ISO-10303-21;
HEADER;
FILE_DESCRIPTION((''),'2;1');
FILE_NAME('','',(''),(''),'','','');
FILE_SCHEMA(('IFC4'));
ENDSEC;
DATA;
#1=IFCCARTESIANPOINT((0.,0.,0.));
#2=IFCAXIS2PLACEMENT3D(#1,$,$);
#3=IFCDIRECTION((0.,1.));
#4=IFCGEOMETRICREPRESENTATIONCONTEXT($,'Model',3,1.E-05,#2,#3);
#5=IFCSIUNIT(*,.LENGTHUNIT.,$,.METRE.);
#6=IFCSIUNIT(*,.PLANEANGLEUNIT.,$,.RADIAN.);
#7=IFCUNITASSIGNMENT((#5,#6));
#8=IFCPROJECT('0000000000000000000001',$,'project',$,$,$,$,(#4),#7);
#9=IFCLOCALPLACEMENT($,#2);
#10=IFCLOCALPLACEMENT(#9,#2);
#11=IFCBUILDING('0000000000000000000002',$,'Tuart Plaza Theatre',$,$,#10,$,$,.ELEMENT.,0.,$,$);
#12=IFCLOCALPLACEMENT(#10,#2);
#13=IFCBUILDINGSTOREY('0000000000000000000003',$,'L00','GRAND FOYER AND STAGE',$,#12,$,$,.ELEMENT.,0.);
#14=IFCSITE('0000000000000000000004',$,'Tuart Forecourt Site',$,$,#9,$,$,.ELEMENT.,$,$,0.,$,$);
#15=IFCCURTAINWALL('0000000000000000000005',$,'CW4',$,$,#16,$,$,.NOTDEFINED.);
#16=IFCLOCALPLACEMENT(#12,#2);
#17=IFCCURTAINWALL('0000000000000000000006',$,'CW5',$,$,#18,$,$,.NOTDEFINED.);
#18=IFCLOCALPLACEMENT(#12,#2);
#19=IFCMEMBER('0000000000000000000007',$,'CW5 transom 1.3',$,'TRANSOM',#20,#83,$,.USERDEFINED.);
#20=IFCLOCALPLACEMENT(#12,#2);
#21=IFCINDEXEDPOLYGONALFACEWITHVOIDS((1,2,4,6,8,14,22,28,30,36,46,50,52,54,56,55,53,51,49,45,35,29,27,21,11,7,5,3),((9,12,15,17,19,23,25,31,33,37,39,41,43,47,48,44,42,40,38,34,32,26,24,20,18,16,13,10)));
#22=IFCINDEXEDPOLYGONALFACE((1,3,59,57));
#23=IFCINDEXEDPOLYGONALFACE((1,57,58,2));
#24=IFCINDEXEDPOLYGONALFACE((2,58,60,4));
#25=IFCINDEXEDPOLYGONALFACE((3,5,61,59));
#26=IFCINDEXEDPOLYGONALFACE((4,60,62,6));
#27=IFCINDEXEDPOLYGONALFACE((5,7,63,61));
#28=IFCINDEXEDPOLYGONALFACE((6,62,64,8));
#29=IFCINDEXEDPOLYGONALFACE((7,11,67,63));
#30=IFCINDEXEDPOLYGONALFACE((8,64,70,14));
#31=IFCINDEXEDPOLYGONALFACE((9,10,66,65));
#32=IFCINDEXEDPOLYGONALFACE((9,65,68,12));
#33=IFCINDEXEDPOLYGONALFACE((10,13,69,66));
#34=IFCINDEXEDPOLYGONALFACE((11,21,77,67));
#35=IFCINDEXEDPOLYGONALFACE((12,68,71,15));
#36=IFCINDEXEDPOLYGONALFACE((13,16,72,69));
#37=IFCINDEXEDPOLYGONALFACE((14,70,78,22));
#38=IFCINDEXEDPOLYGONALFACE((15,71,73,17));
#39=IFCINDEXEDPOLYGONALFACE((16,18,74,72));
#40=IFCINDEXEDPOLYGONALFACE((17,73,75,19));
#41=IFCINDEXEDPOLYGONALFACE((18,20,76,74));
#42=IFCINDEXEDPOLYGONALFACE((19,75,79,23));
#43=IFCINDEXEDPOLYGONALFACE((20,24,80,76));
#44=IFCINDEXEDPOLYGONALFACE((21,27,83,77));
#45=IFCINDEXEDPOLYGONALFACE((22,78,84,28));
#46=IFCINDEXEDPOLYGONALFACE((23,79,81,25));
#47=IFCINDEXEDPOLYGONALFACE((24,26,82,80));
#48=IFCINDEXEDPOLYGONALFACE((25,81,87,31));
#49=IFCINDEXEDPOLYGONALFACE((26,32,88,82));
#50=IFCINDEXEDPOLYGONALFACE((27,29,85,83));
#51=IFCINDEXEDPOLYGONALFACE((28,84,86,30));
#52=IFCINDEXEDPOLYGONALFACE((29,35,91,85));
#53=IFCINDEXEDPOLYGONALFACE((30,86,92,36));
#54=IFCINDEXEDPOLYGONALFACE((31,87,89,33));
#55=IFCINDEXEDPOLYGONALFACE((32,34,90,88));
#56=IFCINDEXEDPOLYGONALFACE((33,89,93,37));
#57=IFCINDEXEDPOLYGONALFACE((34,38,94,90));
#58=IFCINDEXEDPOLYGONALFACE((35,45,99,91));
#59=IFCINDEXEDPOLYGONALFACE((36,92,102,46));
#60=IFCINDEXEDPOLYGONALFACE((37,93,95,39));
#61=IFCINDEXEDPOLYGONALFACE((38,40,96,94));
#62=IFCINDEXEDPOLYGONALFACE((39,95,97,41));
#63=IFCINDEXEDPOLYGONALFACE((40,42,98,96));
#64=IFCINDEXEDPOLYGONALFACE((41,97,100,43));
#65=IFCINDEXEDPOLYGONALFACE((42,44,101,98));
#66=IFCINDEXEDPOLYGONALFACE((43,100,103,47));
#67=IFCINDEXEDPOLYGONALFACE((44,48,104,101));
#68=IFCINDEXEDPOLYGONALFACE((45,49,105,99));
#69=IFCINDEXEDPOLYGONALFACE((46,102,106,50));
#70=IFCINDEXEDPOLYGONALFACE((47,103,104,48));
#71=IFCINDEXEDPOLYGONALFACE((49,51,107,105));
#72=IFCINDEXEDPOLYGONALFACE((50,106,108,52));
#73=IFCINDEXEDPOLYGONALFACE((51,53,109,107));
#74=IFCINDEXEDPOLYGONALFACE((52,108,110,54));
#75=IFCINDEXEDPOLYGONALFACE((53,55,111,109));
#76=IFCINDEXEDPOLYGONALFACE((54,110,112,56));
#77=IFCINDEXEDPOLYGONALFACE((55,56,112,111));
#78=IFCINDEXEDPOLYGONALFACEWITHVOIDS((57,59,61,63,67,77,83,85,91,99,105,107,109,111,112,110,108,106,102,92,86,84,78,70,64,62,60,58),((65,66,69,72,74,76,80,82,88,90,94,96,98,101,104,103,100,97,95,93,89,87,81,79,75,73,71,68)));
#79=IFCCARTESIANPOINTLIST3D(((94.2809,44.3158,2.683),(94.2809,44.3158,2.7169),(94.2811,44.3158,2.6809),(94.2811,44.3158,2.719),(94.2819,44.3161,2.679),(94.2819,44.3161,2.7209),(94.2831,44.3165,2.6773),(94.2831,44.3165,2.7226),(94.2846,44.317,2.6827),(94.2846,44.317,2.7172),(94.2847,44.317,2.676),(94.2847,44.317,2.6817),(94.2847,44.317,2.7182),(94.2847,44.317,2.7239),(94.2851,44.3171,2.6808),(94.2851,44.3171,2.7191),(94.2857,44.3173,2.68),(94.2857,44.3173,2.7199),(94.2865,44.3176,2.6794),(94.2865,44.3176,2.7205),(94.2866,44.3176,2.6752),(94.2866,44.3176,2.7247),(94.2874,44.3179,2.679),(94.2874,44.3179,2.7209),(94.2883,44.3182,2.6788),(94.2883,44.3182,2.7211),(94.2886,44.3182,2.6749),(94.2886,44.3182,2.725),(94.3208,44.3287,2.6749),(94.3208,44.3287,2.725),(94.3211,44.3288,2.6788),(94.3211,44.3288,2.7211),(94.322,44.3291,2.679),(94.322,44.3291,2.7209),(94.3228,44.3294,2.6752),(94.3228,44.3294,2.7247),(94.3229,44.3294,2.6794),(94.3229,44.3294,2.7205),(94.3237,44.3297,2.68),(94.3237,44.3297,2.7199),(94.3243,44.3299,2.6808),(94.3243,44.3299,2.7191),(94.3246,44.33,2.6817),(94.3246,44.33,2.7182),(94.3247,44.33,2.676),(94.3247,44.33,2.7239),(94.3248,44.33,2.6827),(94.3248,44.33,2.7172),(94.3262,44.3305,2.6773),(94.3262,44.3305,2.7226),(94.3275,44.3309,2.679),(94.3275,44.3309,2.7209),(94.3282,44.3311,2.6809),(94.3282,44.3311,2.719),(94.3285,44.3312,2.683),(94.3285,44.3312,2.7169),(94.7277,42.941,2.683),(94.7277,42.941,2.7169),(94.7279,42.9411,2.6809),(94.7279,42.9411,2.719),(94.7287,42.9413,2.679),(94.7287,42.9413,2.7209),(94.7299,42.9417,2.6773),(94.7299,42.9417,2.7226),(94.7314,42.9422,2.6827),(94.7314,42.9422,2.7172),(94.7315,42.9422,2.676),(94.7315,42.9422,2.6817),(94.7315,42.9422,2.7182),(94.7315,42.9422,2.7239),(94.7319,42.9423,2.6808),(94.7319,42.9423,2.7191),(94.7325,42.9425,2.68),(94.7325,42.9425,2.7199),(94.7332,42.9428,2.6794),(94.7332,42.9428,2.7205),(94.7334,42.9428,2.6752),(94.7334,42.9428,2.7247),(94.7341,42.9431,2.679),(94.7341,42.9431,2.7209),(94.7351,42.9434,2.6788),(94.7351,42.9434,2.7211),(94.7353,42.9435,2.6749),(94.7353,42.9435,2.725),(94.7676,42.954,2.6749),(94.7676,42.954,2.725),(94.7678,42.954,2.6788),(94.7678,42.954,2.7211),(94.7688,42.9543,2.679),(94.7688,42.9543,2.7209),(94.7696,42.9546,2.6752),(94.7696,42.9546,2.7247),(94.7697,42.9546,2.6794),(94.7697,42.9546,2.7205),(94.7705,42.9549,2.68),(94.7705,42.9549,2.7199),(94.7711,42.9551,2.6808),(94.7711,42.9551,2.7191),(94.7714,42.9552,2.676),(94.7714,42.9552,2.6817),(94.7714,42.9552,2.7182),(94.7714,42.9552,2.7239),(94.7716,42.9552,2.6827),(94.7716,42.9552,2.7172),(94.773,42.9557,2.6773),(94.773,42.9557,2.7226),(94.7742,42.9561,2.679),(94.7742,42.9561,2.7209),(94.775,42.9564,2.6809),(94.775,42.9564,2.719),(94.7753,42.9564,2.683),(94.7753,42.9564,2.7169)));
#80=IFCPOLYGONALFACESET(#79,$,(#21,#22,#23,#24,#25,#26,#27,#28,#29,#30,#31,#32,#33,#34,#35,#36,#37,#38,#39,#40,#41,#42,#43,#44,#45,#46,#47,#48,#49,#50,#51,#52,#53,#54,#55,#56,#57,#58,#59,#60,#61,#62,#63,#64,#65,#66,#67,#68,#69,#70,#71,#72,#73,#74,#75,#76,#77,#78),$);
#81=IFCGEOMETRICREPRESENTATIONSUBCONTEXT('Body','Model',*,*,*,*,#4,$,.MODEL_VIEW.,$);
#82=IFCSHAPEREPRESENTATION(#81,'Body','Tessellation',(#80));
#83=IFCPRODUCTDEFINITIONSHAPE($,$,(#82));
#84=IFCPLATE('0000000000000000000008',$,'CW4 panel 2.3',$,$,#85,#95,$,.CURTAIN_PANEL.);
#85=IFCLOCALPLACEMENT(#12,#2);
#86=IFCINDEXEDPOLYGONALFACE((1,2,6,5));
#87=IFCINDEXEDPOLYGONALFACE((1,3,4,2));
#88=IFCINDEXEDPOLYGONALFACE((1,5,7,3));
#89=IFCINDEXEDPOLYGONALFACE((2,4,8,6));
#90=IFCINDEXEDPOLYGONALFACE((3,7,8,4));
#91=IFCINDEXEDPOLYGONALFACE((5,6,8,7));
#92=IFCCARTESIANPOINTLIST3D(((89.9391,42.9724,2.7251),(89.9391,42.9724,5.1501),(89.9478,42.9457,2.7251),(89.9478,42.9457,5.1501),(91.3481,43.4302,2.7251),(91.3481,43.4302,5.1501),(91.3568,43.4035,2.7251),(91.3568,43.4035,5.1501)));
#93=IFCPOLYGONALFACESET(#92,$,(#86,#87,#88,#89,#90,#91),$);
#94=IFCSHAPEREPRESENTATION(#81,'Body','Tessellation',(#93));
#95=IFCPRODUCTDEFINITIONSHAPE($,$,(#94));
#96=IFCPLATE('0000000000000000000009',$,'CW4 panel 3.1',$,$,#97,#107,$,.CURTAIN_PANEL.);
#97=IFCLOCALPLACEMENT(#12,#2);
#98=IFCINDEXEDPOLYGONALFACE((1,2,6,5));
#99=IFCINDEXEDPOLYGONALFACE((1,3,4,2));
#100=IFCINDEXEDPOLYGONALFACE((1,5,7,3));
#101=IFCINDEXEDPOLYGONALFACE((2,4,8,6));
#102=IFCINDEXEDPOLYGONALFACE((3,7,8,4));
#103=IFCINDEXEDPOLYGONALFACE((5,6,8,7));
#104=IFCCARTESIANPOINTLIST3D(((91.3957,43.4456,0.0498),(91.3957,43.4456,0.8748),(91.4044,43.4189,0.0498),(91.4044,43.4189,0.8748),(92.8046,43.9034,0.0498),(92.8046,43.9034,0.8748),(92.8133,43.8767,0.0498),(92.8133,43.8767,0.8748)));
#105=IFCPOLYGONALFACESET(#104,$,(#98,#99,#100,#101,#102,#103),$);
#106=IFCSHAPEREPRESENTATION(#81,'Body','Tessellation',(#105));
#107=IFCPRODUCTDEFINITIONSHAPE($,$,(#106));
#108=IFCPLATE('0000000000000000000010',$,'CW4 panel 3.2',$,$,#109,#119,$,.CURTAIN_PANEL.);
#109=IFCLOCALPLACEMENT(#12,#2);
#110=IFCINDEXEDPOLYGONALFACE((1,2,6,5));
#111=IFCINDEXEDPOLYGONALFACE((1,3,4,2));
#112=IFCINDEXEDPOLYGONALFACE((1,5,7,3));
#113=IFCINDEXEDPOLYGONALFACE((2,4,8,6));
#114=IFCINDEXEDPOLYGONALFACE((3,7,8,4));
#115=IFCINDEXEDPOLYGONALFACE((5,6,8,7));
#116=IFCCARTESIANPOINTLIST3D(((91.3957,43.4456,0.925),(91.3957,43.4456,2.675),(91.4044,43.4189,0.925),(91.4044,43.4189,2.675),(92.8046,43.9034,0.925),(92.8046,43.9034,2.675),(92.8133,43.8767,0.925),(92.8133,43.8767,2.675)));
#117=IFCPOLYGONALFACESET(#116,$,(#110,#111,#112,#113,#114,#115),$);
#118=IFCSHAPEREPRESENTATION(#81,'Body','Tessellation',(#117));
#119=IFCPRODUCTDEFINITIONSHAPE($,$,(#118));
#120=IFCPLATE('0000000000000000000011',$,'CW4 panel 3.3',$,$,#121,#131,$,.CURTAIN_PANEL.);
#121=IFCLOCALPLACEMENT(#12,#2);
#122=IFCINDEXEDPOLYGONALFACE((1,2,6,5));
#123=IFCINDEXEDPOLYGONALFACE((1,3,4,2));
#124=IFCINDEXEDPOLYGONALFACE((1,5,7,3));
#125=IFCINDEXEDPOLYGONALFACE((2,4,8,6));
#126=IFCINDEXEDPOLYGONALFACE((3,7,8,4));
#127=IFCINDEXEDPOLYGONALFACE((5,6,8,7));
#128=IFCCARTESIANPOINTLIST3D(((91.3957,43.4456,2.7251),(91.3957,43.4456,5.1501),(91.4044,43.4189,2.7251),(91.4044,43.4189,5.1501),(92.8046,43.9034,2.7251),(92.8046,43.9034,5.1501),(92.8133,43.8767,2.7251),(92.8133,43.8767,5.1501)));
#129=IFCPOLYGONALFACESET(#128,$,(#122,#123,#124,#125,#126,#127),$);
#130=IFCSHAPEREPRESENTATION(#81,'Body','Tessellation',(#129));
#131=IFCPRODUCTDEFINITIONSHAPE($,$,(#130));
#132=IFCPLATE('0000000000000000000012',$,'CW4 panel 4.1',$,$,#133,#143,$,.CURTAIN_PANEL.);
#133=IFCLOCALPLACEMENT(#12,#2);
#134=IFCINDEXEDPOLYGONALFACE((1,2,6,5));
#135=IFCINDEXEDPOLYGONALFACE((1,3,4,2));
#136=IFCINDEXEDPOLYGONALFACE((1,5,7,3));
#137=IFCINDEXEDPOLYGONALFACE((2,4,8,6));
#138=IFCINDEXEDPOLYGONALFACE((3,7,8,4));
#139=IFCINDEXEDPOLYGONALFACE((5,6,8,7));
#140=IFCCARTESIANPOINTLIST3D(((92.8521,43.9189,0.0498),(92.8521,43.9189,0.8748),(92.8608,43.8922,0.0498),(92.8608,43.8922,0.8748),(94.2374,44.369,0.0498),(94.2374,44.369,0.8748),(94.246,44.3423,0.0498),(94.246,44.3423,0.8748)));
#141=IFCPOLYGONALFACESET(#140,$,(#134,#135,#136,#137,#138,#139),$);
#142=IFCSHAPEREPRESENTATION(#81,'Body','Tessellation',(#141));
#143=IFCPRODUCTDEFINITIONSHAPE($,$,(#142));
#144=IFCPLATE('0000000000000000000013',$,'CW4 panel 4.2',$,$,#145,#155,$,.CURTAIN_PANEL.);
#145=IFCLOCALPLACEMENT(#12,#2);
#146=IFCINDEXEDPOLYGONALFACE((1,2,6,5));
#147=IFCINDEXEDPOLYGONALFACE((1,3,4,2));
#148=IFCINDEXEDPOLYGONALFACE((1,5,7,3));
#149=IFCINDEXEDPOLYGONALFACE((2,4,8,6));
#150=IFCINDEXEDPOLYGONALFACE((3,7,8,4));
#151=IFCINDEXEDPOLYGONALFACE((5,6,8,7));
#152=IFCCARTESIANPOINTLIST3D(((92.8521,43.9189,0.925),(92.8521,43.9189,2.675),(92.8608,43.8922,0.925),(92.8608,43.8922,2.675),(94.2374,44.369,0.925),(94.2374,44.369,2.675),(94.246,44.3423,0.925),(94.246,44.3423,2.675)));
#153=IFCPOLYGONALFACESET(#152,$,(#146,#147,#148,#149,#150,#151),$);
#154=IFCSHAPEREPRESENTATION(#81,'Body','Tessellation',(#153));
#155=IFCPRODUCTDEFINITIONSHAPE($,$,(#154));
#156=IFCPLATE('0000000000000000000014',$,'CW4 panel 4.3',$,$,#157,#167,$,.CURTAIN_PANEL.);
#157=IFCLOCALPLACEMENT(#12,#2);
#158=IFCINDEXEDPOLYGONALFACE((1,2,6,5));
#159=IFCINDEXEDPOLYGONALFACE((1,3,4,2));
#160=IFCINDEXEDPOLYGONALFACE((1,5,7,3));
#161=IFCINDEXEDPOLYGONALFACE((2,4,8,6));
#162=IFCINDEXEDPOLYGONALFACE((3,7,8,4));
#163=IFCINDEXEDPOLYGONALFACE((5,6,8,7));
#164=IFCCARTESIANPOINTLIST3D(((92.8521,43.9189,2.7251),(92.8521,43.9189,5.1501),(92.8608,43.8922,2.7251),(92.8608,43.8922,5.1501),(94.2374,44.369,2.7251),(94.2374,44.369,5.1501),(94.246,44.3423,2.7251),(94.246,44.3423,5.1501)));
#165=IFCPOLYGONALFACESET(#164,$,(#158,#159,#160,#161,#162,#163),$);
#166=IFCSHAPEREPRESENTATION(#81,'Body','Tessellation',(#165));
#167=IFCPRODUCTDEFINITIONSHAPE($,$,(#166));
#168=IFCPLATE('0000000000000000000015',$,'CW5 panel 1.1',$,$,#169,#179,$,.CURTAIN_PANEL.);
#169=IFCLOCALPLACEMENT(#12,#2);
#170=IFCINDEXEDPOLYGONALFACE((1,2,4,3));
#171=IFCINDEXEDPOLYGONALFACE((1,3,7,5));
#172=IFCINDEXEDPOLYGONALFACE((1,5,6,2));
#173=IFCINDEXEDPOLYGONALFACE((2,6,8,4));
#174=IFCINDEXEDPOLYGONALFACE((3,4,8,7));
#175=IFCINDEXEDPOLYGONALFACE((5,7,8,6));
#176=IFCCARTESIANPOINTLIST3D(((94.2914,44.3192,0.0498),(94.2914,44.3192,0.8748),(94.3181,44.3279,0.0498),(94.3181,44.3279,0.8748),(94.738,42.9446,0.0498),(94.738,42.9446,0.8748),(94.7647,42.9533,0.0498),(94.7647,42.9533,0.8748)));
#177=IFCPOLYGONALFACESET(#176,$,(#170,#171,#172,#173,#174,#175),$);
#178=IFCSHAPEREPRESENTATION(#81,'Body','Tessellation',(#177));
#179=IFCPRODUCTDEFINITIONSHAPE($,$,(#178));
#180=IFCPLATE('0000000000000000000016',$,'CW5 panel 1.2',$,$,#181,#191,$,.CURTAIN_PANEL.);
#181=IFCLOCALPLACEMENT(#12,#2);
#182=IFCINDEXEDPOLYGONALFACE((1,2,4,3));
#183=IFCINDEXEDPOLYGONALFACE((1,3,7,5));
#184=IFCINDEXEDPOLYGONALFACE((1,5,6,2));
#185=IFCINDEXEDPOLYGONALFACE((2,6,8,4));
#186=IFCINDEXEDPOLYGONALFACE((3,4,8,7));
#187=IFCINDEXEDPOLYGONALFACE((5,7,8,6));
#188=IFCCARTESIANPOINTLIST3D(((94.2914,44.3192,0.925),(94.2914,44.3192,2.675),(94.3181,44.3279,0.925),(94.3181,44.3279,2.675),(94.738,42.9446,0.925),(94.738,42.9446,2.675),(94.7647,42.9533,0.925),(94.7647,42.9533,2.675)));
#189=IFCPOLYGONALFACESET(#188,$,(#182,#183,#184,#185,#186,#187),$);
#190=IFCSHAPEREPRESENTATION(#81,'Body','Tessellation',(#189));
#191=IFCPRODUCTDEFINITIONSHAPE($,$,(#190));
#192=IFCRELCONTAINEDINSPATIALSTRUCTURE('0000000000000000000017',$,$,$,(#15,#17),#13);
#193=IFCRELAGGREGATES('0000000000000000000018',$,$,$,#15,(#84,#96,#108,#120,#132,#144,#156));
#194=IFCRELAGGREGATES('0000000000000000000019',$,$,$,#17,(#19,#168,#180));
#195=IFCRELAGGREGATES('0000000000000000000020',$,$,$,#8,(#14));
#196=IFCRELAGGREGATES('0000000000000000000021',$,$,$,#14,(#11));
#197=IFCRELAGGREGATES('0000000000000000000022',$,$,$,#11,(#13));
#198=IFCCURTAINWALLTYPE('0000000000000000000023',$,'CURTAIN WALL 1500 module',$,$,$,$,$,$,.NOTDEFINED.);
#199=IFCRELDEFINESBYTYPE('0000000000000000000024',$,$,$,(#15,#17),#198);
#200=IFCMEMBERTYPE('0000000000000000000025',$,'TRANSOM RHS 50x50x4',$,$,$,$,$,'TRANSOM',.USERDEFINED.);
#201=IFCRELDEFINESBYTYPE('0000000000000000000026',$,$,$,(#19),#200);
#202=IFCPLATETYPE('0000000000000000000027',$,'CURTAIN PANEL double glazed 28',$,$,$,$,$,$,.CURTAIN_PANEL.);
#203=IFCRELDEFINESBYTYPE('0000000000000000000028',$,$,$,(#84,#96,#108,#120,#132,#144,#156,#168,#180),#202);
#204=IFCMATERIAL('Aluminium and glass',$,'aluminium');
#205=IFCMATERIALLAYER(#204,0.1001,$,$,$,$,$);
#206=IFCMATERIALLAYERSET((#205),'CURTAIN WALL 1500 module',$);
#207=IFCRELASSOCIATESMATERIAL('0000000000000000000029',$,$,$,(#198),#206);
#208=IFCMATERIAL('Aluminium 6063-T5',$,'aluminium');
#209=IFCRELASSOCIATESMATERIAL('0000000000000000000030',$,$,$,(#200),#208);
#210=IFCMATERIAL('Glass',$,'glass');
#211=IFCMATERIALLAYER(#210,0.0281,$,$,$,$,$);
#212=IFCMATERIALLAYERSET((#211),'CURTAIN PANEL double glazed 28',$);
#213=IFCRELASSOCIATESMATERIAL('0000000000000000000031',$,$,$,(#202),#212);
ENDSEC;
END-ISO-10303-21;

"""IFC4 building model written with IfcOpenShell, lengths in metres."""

from ifc_helpers import new_model, si_unit, direction, frame, origin, origin_2d, place, context, subcontext, project, spatial, rectangle, hollow_rectangle, extrude, material, layer, layer_set, material_profile, profile_set, type_object, element, aggregate, save


model = new_model("IFC4")

# Units and contexts
model_context = context("Model", 3, precision=1e-05, world=origin(), true_north=direction((0.0, 1.0)))
body_context = subcontext(model_context, "Body", "Model", "MODEL_VIEW")
ifc_project = project(units=[si_unit("LENGTHUNIT", "METRE"), si_unit("PLANEANGLEUNIT", "RADIAN")], contexts=[model_context])

# Site, building, storey
site_placement = place(None, origin())
site = spatial("IfcSite", under=ifc_project, at=site_placement, Name="Tuart Forecourt Site", CompositionType="ELEMENT", RefElevation=0.0)
building_placement = place(site_placement, origin())
building = spatial("IfcBuilding", under=site, at=building_placement, Name="Tuart Plaza Theatre", CompositionType="ELEMENT", ElevationOfRefHeight=0.0)
storey_placement = place(building_placement, origin())
storey = spatial("IfcBuildingStorey", under=building, at=storey_placement, Name="L00", Description="GRAND FOYER AND STAGE", CompositionType="ELEMENT", Elevation=0.0)

# Curtain walls, member
ifc_material_1 = material(Name="Aluminium and glass", Category="aluminium")
ifc_layer_1 = layer(ifc_material_1, 0.1001)
ifc_layer_set_1 = layer_set([ifc_layer_1], Name="CURTAIN WALL 1500 module")
curtain_wall_type = type_object("IfcCurtainWallType", Name="CURTAIN WALL 1500 module", PredefinedType="NOTDEFINED", material=ifc_layer_set_1)
curtain_wall_1_placement = place(storey_placement, origin())
curtain_wall_1 = element("IfcCurtainWall", 1, at=curtain_wall_1_placement, inside=storey, type_object=curtain_wall_type, Name="CW4", PredefinedType="NOTDEFINED")
ifc_material_2 = material(Name="Aluminium 6063-T5", Category="aluminium")
ifc_material_profile_1 = material_profile(ifc_material_2, hollow_rectangle(XDim=0.05, YDim=0.05, WallThickness=0.0039, InnerFilletRadius=0.0039, OuterFilletRadius=0.0081, at=origin_2d()), Name="RHS 50x50x4")
ifc_profile_set_1 = profile_set([ifc_material_profile_1], Name="Aluminium 6063-T5")
member_type_1 = type_object("IfcMemberType", Name="TRANSOM RHS 50x50x4", ElementType="TRANSOM", PredefinedType="USERDEFINED", material=ifc_profile_set_1)
curtain_wall_2_placement = place(storey_placement, origin())
curtain_wall_2 = element("IfcCurtainWall", 2, at=curtain_wall_2_placement, inside=storey, type_object=curtain_wall_type, Name="CW5", PredefinedType="NOTDEFINED")
member_1_placement = place(storey_placement, frame((94.3047, 44.3235, 2.7), z_axis=(0.309075, -0.951038, 0.0), x_axis=(0.951038, 0.309075, 0.0)))
member_1 = element("IfcMember", 3, at=member_1_placement, type_object=member_type_1, Name="CW5 transom 1.3", ObjectType="TRANSOM", PredefinedType="USERDEFINED", context=body_context, shape_type="SweptSolid", body=[
    extrude(hollow_rectangle(XDim=0.05, YDim=0.05, WallThickness=0.0039, InnerFilletRadius=0.0039, OuterFilletRadius=0.0081, at=origin_2d()), origin(), (0.0, 0.0, 1.0), 1.4456),
])

# Plates
ifc_material_3 = material(Name="Glass", Category="glass")
ifc_layer_2 = layer(ifc_material_3, 0.0281)
ifc_layer_set_2 = layer_set([ifc_layer_2], Name="CURTAIN PANEL double glazed 28")
plate_type = type_object("IfcPlateType", Name="CURTAIN PANEL double glazed 28", PredefinedType="CURTAIN_PANEL", material=ifc_layer_set_2)
plate_1_placement = place(storey_placement, frame((90.6479, 43.188, 2.7251), z_axis=(0.0, 0.0, 1.0), x_axis=(0.951056, 0.309018, 0.0)))
plate_1 = element("IfcPlate", 4, at=plate_1_placement, type_object=plate_type, Name="CW4 panel 2.3", PredefinedType="CURTAIN_PANEL", context=body_context, shape_type="SweptSolid", body=[
    extrude(rectangle(XDim=1.4814, YDim=0.0281, at=origin_2d()), origin(), (0.0, 0.0, 1.0), 2.425),
])
plate_2_placement = place(storey_placement, frame((92.1045, 43.6611, 0.0498), z_axis=(0.0, 0.0, 1.0), x_axis=(0.951056, 0.309018, 0.0)))
plate_2 = element("IfcPlate", 5, at=plate_2_placement, type_object=plate_type, Name="CW4 panel 3.1", PredefinedType="CURTAIN_PANEL", context=body_context, shape_type="SweptSolid", body=[
    extrude(rectangle(XDim=1.4814, YDim=0.0281, at=origin_2d()), origin(), (0.0, 0.0, 1.0), 0.825),
])
plate_3_placement = place(storey_placement, frame((92.1045, 43.6611, 0.925), z_axis=(0.0, 0.0, 1.0), x_axis=(0.951056, 0.309018, 0.0)))
plate_3 = element("IfcPlate", 6, at=plate_3_placement, type_object=plate_type, Name="CW4 panel 3.2", PredefinedType="CURTAIN_PANEL", context=body_context, shape_type="SweptSolid", body=[
    extrude(rectangle(XDim=1.4814, YDim=0.0281, at=origin_2d()), origin(), (0.0, 0.0, 1.0), 1.75),
])
plate_4_placement = place(storey_placement, frame((92.1045, 43.6611, 2.7251), z_axis=(0.0, 0.0, 1.0), x_axis=(0.951056, 0.309018, 0.0)))
plate_4 = element("IfcPlate", 7, at=plate_4_placement, type_object=plate_type, Name="CW4 panel 3.3", PredefinedType="CURTAIN_PANEL", context=body_context, shape_type="SweptSolid", body=[
    extrude(rectangle(XDim=1.4814, YDim=0.0281, at=origin_2d()), origin(), (0.0, 0.0, 1.0), 2.425),
])
plate_5_placement = place(storey_placement, frame((93.5491, 44.1306, 0.0498), z_axis=(0.0, 0.0, 1.0), x_axis=(0.951056, 0.309018, 0.0)))
plate_5 = element("IfcPlate", 8, at=plate_5_placement, type_object=plate_type, Name="CW4 panel 4.1", PredefinedType="CURTAIN_PANEL", context=body_context, shape_type="SweptSolid", body=[
    extrude(rectangle(XDim=1.4565, YDim=0.0281, at=origin_2d()), origin(), (0.0, 0.0, 1.0), 0.825),
])
plate_6_placement = place(storey_placement, frame((93.5491, 44.1306, 0.925), z_axis=(0.0, 0.0, 1.0), x_axis=(0.951056, 0.309018, 0.0)))
plate_6 = element("IfcPlate", 9, at=plate_6_placement, type_object=plate_type, Name="CW4 panel 4.2", PredefinedType="CURTAIN_PANEL", context=body_context, shape_type="SweptSolid", body=[
    extrude(rectangle(XDim=1.4565, YDim=0.0281, at=origin_2d()), origin(), (0.0, 0.0, 1.0), 1.75),
])
plate_7_placement = place(storey_placement, frame((93.5491, 44.1306, 2.7251), z_axis=(0.0, 0.0, 1.0), x_axis=(0.951056, 0.309018, 0.0)))
plate_7 = element("IfcPlate", 10, at=plate_7_placement, type_object=plate_type, Name="CW4 panel 4.3", PredefinedType="CURTAIN_PANEL", context=body_context, shape_type="SweptSolid", body=[
    extrude(rectangle(XDim=1.4565, YDim=0.0281, at=origin_2d()), origin(), (0.0, 0.0, 1.0), 2.425),
])
aggregate(curtain_wall_1, [plate_1, plate_2, plate_3, plate_4, plate_5, plate_6, plate_7])
plate_8_placement = place(storey_placement, frame((94.5281, 43.6362, 0.0498), z_axis=(0.0, 0.0, 1.0), x_axis=(0.309018, -0.951056, 0.0)))
plate_8 = element("IfcPlate", 11, at=plate_8_placement, type_object=plate_type, Name="CW5 panel 1.1", PredefinedType="CURTAIN_PANEL", context=body_context, shape_type="SweptSolid", body=[
    extrude(rectangle(XDim=1.4453, YDim=0.0281, at=origin_2d()), origin(), (0.0, 0.0, 1.0), 0.825),
])
plate_9_placement = place(storey_placement, frame((94.5281, 43.6362, 0.925), z_axis=(0.0, 0.0, 1.0), x_axis=(0.309018, -0.951056, 0.0)))
plate_9 = element("IfcPlate", 12, at=plate_9_placement, type_object=plate_type, Name="CW5 panel 1.2", PredefinedType="CURTAIN_PANEL", context=body_context, shape_type="SweptSolid", body=[
    extrude(rectangle(XDim=1.4453, YDim=0.0281, at=origin_2d()), origin(), (0.0, 0.0, 1.0), 1.75),
])
aggregate(curtain_wall_2, [member_1, plate_8, plate_9])

save(model, "model.ifc")
